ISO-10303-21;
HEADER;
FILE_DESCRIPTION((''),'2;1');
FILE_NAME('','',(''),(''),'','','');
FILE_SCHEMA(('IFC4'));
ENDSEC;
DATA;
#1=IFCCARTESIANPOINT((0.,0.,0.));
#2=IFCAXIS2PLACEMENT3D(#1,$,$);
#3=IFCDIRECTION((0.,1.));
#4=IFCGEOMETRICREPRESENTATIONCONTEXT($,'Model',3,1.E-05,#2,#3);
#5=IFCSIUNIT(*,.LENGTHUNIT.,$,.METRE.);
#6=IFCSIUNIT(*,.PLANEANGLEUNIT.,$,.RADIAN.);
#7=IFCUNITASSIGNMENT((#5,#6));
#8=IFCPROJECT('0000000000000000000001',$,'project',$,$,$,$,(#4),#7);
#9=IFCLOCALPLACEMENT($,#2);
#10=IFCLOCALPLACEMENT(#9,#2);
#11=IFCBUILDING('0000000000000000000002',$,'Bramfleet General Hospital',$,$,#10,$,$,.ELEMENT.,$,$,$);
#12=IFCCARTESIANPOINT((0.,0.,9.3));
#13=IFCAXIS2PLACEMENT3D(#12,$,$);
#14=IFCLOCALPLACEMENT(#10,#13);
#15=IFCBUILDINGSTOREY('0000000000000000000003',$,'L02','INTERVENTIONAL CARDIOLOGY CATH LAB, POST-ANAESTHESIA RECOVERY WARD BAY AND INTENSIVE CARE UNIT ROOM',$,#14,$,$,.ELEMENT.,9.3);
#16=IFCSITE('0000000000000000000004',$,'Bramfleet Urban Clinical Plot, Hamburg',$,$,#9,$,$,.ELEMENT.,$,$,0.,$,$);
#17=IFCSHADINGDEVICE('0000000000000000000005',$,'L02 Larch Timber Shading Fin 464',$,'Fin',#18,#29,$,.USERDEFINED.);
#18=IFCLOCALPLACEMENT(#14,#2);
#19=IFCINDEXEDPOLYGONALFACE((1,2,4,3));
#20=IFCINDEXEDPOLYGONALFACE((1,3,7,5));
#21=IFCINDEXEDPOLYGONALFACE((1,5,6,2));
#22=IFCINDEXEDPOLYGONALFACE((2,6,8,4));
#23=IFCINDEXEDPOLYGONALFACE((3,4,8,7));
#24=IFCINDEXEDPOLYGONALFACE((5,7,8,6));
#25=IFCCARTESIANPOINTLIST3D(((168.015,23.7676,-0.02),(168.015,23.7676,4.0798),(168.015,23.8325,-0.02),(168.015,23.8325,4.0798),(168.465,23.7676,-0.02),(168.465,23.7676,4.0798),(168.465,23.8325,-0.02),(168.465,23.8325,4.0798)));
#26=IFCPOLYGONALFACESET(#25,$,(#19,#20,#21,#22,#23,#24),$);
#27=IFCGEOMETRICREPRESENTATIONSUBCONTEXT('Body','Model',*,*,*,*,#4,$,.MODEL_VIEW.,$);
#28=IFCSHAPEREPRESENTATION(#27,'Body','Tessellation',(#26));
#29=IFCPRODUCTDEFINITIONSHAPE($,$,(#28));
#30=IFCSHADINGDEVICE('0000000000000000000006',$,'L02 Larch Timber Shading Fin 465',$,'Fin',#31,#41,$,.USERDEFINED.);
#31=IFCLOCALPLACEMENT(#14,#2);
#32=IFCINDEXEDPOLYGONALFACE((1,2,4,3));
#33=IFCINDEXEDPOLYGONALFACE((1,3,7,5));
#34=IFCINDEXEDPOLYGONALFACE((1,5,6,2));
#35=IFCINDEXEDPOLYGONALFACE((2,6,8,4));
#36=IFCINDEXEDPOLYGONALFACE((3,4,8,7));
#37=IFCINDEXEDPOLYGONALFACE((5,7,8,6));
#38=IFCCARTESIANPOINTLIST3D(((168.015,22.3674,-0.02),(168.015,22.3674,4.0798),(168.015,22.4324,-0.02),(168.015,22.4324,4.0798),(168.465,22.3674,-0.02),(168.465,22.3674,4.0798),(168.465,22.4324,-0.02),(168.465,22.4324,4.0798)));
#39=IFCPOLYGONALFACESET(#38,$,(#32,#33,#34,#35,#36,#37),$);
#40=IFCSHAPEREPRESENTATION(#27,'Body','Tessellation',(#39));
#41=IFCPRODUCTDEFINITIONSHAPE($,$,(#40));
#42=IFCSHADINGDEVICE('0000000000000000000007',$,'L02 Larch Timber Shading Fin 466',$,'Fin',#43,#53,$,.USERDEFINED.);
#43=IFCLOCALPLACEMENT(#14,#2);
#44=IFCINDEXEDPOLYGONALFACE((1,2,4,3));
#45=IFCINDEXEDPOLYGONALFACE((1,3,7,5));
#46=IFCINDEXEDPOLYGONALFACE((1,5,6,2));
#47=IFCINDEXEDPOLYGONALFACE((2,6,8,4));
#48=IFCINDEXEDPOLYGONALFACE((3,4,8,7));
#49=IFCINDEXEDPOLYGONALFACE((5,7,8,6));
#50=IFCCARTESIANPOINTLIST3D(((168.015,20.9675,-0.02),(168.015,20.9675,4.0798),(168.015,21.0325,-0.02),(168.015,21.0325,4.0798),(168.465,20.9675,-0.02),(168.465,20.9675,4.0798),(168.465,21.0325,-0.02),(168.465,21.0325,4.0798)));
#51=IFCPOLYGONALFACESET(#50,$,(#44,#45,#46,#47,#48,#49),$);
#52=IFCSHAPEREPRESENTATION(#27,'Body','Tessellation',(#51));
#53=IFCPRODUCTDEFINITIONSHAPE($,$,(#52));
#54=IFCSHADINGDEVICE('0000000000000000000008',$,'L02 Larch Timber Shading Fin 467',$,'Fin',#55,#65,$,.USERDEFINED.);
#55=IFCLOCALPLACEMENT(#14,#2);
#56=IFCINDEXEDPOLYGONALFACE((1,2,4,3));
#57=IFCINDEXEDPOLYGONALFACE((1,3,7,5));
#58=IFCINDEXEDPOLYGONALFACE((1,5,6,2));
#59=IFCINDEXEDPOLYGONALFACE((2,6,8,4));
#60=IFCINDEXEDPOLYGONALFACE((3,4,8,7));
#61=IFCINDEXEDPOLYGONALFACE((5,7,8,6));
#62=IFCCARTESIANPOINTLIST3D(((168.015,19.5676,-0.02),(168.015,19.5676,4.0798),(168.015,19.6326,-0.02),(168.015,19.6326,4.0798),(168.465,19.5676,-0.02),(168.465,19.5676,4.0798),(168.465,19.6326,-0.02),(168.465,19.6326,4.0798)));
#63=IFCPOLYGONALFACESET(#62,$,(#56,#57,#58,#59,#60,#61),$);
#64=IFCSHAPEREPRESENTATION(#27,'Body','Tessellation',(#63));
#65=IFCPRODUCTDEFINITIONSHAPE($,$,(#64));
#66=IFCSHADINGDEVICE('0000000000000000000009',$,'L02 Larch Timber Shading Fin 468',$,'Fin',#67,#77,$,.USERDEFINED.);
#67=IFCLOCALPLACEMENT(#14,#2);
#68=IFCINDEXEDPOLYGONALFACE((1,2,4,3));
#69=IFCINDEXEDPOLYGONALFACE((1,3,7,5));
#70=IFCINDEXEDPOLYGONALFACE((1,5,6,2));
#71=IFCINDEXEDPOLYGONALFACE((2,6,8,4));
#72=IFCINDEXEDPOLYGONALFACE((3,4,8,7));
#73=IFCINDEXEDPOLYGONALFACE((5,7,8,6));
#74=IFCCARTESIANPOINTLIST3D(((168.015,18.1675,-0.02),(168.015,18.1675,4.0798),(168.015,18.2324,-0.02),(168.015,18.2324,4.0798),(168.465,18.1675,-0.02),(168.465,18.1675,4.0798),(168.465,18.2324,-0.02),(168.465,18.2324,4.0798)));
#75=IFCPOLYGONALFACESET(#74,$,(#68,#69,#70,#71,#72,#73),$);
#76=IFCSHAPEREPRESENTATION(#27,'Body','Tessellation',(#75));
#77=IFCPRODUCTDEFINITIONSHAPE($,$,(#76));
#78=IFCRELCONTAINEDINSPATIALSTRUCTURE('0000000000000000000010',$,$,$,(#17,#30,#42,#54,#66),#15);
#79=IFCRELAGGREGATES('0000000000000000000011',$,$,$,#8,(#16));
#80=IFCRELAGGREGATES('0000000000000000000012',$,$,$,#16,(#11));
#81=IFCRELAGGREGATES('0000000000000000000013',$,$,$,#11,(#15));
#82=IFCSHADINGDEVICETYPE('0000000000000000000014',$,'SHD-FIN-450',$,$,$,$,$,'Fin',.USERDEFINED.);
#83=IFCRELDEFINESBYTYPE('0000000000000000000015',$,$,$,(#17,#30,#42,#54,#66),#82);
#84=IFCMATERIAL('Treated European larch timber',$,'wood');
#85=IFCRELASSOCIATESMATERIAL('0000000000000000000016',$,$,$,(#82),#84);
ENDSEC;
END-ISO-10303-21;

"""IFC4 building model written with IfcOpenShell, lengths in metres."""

from ifc_helpers import new_model, si_unit, direction, frame, origin, origin_2d, place, context, subcontext, project, spatial, rectangle, extrude, material, material_profile, profile_set, type_object, element, save


model = new_model("IFC4")

# Units and contexts
model_context = context("Model", 3, precision=1e-05, world=origin(), true_north=direction((0.0, 1.0)))
body_context = subcontext(model_context, "Body", "Model", "MODEL_VIEW")
ifc_project = project(units=[si_unit("LENGTHUNIT", "METRE"), si_unit("PLANEANGLEUNIT", "RADIAN")], contexts=[model_context])

# Site, building, storey
site_placement = place(None, origin())
site = spatial("IfcSite", under=ifc_project, at=site_placement, Name="Bramfleet Urban Clinical Plot, Hamburg", CompositionType="ELEMENT", RefElevation=0.0)
building_placement = place(site_placement, origin())
building = spatial("IfcBuilding", under=site, at=building_placement, Name="Bramfleet General Hospital", CompositionType="ELEMENT")
storey_placement = place(building_placement, frame((0.0, 0.0, 9.3)))
storey = spatial("IfcBuildingStorey", under=building, at=storey_placement, Name="L02", Description="INTERVENTIONAL CARDIOLOGY CATH LAB, POST-ANAESTHESIA RECOVERY WARD BAY AND INTENSIVE CARE UNIT ROOM", CompositionType="ELEMENT", Elevation=9.3)

# Shading devices
ifc_material_1 = material(Name="Treated European larch timber", Category="wood")
ifc_material_profile_1 = material_profile(ifc_material_1, rectangle(XDim=0.0649, YDim=0.45, at=origin_2d()), Name="LARCH FIN 450x65")
ifc_profile_set_1 = profile_set([ifc_material_profile_1], Name="Treated European larch timber")
shading_device_type = type_object("IfcShadingDeviceType", Name="SHD-FIN-450", ElementType="Fin", PredefinedType="USERDEFINED", material=ifc_profile_set_1)
for number, where, z_axis, x_axis, name in (
    (1, (168.24, 23.8, -0.02), (0.0, 0.0, 1.0), (0.0, -1.0, 0.0), "L02 Larch Timber Shading Fin 464"),
    (2, (168.24, 22.3999, -0.02), (0.0, 0.0, 1.0), (0.0, -1.0, 0.0), "L02 Larch Timber Shading Fin 465"),
    (3, (168.24, 21.0, -0.02), (0.0, 0.0, 1.0), (0.0, -1.0, 0.0), "L02 Larch Timber Shading Fin 466"),
    (4, (168.24, 19.6001, -0.02), (0.0, 0.0, 1.0), (0.0, -1.0, 0.0), "L02 Larch Timber Shading Fin 467"),
    (5, (168.24, 18.2, -0.02), (0.0, 0.0, 1.0), (0.0, -1.0, 0.0), "L02 Larch Timber Shading Fin 468"),
):
    element("IfcShadingDevice", number, at=place(storey_placement, frame(where, z_axis=z_axis, x_axis=x_axis)), inside=storey, type_object=shading_device_type, Name=name, ObjectType="Fin", PredefinedType="USERDEFINED", context=body_context, shape_type="SweptSolid", body=[
        extrude(rectangle(XDim=0.0649, YDim=0.45, at=origin_2d()), origin(), (0.0, 0.0, 1.0), 4.0999),
    ])

save(model, "model.ifc")
